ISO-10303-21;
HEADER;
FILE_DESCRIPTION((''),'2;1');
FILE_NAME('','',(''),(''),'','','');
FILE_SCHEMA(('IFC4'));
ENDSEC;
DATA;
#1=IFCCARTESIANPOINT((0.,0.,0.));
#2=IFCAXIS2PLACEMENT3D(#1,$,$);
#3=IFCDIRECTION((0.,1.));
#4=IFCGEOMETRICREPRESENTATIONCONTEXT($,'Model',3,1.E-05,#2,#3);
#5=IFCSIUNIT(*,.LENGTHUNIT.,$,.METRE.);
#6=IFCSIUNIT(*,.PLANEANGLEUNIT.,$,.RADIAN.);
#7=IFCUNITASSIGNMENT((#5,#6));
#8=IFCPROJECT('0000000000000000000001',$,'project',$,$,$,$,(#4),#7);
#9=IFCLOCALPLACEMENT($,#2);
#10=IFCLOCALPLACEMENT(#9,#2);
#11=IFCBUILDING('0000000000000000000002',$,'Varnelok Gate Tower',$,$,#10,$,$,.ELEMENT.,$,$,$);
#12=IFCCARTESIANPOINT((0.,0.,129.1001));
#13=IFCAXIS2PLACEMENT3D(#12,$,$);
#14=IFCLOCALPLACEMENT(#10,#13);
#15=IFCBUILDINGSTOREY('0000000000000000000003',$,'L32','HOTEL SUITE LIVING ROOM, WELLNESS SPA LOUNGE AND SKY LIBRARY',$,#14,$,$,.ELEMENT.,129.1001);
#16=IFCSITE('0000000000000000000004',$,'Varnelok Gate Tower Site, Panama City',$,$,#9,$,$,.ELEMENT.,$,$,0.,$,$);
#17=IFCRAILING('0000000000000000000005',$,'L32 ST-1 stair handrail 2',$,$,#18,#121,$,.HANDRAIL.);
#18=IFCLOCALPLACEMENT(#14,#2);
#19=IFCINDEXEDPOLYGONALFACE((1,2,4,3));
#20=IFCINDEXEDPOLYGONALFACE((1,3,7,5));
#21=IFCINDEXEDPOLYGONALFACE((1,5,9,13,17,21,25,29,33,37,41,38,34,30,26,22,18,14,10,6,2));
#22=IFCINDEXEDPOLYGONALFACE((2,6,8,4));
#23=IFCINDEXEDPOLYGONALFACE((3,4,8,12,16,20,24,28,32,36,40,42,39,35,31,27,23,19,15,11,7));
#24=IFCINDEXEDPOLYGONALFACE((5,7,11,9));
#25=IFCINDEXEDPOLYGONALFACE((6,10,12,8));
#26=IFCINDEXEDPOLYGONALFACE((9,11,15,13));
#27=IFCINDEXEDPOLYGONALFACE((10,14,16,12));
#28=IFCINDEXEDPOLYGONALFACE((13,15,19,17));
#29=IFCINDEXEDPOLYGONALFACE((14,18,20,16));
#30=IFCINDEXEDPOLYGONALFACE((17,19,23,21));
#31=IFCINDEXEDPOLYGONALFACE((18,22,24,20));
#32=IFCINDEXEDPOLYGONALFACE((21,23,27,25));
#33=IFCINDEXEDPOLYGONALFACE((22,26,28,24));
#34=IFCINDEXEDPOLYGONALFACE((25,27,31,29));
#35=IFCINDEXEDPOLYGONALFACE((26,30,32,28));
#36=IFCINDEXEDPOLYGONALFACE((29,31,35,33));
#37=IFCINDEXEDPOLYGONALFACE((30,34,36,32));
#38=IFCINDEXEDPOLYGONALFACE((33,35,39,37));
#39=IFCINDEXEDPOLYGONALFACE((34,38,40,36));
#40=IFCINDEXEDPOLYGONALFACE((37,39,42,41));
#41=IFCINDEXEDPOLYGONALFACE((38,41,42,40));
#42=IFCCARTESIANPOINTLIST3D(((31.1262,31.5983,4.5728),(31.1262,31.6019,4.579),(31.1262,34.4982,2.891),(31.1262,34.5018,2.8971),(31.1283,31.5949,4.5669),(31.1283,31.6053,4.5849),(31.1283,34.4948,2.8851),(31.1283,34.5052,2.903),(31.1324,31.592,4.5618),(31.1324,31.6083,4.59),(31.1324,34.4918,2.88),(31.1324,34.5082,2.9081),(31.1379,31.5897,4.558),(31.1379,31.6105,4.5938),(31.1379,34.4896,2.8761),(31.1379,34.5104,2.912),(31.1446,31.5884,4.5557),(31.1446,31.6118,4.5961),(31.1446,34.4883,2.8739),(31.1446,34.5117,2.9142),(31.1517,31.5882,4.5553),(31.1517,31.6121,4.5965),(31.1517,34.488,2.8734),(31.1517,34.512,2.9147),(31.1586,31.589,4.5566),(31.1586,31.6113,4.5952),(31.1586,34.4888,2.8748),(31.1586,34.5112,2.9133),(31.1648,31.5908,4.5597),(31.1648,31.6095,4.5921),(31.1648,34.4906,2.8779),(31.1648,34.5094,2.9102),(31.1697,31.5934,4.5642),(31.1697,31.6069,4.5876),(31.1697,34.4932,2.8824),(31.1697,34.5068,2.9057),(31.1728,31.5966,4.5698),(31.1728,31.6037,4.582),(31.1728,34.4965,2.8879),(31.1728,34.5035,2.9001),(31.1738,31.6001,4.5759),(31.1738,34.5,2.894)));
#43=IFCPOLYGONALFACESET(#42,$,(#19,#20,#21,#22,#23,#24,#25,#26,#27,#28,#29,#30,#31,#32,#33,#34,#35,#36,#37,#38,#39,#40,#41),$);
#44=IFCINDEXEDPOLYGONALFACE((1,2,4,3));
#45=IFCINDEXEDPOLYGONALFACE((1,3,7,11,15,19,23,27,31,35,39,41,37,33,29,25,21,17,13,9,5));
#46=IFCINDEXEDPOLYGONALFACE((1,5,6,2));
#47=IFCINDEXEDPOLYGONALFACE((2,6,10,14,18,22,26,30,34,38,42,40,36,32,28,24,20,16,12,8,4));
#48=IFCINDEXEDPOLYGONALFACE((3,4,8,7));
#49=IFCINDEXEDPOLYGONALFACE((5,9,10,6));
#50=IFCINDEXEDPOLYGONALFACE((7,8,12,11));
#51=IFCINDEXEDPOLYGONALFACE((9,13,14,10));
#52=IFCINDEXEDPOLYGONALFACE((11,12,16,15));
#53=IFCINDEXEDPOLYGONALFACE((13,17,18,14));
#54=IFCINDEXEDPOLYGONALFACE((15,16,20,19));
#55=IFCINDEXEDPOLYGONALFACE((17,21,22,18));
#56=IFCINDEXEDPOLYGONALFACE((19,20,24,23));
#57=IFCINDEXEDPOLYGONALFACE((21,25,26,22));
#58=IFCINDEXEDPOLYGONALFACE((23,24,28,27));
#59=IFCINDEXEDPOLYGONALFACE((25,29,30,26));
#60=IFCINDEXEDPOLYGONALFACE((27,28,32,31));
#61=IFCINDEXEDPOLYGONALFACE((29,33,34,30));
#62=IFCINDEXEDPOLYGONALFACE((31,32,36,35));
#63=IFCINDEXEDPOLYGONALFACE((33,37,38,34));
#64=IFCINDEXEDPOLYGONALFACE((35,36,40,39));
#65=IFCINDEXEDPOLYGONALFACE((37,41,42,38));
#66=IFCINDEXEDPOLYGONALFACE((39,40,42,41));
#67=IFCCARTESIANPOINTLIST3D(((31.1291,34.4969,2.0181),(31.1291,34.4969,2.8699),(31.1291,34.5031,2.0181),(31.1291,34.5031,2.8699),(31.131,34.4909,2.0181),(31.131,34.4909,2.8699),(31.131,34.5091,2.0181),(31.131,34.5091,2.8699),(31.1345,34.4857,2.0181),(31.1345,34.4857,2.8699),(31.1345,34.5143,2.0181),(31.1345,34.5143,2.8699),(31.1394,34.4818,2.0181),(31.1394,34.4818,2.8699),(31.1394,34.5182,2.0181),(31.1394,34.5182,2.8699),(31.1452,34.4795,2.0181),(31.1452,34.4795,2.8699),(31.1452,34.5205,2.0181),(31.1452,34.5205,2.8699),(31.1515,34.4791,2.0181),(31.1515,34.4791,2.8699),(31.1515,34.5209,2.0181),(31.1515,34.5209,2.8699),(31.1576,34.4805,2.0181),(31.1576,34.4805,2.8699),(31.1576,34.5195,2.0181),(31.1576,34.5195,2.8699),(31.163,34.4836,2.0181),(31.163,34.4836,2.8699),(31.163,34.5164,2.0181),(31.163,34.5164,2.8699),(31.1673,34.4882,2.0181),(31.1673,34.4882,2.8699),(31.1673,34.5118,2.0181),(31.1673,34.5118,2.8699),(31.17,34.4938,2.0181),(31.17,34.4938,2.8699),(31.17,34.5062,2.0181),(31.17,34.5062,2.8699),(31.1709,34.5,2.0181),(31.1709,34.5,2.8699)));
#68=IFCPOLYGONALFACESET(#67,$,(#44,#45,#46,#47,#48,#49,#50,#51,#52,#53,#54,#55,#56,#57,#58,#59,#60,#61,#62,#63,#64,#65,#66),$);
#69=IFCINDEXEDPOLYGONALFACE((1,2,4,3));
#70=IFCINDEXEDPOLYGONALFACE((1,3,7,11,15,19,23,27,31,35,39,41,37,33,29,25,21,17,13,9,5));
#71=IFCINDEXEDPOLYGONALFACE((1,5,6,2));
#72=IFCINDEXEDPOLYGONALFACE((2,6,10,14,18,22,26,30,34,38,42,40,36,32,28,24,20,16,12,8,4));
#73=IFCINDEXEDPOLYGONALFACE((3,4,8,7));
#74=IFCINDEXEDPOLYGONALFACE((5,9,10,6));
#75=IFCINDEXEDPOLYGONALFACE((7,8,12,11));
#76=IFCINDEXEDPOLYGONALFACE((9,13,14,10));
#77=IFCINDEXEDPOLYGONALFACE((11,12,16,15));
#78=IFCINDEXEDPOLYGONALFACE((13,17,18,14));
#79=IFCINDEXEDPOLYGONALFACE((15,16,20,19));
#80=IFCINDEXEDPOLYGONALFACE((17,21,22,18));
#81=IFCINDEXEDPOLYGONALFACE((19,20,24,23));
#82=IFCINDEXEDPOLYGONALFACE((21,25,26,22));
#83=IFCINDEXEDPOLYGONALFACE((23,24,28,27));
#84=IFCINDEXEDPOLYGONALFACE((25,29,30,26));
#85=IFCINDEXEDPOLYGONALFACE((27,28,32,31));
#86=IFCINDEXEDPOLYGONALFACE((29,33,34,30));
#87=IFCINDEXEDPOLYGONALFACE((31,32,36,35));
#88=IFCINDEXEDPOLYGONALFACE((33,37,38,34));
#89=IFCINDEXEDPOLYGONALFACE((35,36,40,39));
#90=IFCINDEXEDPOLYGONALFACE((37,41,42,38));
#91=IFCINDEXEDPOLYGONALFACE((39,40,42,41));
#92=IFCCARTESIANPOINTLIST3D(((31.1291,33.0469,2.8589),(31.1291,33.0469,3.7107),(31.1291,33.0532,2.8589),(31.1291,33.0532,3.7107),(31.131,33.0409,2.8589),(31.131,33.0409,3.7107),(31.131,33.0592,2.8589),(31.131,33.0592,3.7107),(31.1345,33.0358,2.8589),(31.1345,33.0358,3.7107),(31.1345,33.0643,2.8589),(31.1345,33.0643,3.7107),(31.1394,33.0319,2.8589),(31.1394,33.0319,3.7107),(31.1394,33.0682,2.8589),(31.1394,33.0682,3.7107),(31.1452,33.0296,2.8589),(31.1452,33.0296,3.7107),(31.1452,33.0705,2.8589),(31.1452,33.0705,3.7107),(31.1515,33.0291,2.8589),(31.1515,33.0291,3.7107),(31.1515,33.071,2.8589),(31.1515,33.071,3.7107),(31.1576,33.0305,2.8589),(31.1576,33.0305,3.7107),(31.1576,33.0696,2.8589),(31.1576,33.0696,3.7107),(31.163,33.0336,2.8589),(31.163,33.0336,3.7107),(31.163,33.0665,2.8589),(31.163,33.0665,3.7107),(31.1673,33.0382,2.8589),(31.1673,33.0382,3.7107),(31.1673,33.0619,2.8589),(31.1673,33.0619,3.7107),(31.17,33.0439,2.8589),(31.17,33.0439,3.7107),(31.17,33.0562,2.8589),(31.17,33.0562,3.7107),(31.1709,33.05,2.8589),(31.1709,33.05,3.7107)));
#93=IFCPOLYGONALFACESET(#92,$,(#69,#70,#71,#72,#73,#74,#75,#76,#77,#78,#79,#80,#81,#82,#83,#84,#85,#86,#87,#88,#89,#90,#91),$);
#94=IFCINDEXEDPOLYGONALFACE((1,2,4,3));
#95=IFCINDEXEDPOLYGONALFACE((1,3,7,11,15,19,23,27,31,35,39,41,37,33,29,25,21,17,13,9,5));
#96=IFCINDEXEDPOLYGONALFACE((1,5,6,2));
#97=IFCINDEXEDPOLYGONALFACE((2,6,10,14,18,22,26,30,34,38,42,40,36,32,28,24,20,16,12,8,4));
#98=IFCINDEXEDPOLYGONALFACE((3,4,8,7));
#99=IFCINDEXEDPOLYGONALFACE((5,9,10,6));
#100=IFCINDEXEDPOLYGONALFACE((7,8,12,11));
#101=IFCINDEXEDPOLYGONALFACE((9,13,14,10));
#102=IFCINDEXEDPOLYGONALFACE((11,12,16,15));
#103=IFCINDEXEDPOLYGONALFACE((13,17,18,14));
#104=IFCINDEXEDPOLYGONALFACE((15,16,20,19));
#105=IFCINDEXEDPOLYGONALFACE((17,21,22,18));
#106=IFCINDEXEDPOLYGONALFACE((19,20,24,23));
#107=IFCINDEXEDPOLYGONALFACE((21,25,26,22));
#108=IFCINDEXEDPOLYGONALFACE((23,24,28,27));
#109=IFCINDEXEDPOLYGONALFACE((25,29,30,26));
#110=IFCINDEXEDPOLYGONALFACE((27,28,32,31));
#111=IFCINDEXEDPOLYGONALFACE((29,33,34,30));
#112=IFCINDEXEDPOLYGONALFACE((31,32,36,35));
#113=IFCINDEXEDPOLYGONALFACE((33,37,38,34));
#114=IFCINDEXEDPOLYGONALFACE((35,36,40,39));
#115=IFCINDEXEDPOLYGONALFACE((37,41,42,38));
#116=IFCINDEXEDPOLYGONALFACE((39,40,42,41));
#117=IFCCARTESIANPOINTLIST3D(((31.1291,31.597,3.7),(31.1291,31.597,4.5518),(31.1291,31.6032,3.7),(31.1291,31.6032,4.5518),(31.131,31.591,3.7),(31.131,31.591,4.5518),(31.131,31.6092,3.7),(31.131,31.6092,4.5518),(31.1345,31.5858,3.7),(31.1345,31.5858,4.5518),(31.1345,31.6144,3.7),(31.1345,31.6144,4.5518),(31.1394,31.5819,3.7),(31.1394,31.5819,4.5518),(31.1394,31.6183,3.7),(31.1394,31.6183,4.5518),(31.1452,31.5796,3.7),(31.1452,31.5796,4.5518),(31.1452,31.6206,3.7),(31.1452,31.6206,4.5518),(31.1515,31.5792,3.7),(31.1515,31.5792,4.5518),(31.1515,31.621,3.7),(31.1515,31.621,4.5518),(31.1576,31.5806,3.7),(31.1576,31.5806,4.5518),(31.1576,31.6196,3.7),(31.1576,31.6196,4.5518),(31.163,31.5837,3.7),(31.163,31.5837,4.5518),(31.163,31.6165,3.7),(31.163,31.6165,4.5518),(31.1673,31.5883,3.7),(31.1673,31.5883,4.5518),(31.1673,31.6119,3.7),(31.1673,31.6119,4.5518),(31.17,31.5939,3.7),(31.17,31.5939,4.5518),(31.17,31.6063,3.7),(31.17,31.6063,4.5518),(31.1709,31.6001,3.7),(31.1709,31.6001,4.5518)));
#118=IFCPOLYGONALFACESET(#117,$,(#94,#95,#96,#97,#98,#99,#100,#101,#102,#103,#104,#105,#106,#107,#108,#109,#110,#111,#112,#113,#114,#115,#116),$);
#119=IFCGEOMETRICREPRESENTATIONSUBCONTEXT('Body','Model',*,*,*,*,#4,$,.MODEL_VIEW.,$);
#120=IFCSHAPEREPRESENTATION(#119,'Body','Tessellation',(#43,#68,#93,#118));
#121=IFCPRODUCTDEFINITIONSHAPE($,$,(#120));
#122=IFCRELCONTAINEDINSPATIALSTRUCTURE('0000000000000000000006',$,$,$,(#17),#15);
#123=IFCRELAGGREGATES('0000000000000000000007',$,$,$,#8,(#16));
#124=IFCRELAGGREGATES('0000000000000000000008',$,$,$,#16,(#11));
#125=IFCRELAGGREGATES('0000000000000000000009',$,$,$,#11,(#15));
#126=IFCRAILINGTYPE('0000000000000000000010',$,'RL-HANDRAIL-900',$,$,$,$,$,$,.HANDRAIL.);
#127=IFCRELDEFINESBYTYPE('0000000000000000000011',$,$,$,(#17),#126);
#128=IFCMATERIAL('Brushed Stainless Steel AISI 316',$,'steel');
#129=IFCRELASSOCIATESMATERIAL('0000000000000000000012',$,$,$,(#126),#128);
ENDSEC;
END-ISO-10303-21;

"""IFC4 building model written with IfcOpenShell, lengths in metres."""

from ifc_helpers import new_model, si_unit, direction, frame, origin, origin_2d, place, context, subcontext, project, spatial, circle, extrude, material, type_object, element, save


model = new_model("IFC4")

# Units and contexts
model_context = context("Model", 3, precision=1e-05, world=origin(), true_north=direction((0.0, 1.0)))
body_context = subcontext(model_context, "Body", "Model", "MODEL_VIEW")
ifc_project = project(units=[si_unit("LENGTHUNIT", "METRE"), si_unit("PLANEANGLEUNIT", "RADIAN")], contexts=[model_context])

# Site, building, storey
site_placement = place(None, origin())
site = spatial("IfcSite", under=ifc_project, at=site_placement, Name="Varnelok Gate Tower Site, Panama City", CompositionType="ELEMENT", RefElevation=0.0)
building_placement = place(site_placement, origin())
building = spatial("IfcBuilding", under=site, at=building_placement, Name="Varnelok Gate Tower", CompositionType="ELEMENT")
storey_placement = place(building_placement, frame((0.0, 0.0, 129.1001)))
storey = spatial("IfcBuildingStorey", under=building, at=storey_placement, Name="L32", Description="HOTEL SUITE LIVING ROOM, WELLNESS SPA LOUNGE AND SKY LIBRARY", CompositionType="ELEMENT", Elevation=129.1001)

# Railing
ifc_material_1 = material(Name="Brushed Stainless Steel AISI 316", Category="steel")
railing_type_1 = type_object("IfcRailingType", Name="RL-HANDRAIL-900", PredefinedType="HANDRAIL", material=ifc_material_1)
railing_1_placement = place(storey_placement, frame((31.1499, 34.5, 2.0181)))
element("IfcRailing", 1, at=railing_1_placement, inside=storey, type_object=railing_type_1, Name="L32 ST-1 stair handrail 2", PredefinedType="HANDRAIL", context=body_context, shape_type="SweptSolid", body=[
    extrude(circle(Radius=0.0239, at=origin_2d()), frame((0.0, 0.0, 0.876), z_axis=(0.0, -0.865039, 0.501705), x_axis=(1.0, 0.0, 0.0)), (0.0, 0.0, 1.0), 3.3523),
    extrude(circle(Radius=0.021, at=origin_2d()), origin(), (0.0, 0.0, 1.0), 0.8518),
    extrude(circle(Radius=0.021, at=origin_2d()), frame((0.0, -1.45, 0.8408)), (0.0, 0.0, 1.0), 0.8518),
    extrude(circle(Radius=0.021, at=origin_2d()), frame((0.0, -2.8999, 1.6819)), (0.0, 0.0, 1.0), 0.8518),
])

save(model, "model.ifc")
